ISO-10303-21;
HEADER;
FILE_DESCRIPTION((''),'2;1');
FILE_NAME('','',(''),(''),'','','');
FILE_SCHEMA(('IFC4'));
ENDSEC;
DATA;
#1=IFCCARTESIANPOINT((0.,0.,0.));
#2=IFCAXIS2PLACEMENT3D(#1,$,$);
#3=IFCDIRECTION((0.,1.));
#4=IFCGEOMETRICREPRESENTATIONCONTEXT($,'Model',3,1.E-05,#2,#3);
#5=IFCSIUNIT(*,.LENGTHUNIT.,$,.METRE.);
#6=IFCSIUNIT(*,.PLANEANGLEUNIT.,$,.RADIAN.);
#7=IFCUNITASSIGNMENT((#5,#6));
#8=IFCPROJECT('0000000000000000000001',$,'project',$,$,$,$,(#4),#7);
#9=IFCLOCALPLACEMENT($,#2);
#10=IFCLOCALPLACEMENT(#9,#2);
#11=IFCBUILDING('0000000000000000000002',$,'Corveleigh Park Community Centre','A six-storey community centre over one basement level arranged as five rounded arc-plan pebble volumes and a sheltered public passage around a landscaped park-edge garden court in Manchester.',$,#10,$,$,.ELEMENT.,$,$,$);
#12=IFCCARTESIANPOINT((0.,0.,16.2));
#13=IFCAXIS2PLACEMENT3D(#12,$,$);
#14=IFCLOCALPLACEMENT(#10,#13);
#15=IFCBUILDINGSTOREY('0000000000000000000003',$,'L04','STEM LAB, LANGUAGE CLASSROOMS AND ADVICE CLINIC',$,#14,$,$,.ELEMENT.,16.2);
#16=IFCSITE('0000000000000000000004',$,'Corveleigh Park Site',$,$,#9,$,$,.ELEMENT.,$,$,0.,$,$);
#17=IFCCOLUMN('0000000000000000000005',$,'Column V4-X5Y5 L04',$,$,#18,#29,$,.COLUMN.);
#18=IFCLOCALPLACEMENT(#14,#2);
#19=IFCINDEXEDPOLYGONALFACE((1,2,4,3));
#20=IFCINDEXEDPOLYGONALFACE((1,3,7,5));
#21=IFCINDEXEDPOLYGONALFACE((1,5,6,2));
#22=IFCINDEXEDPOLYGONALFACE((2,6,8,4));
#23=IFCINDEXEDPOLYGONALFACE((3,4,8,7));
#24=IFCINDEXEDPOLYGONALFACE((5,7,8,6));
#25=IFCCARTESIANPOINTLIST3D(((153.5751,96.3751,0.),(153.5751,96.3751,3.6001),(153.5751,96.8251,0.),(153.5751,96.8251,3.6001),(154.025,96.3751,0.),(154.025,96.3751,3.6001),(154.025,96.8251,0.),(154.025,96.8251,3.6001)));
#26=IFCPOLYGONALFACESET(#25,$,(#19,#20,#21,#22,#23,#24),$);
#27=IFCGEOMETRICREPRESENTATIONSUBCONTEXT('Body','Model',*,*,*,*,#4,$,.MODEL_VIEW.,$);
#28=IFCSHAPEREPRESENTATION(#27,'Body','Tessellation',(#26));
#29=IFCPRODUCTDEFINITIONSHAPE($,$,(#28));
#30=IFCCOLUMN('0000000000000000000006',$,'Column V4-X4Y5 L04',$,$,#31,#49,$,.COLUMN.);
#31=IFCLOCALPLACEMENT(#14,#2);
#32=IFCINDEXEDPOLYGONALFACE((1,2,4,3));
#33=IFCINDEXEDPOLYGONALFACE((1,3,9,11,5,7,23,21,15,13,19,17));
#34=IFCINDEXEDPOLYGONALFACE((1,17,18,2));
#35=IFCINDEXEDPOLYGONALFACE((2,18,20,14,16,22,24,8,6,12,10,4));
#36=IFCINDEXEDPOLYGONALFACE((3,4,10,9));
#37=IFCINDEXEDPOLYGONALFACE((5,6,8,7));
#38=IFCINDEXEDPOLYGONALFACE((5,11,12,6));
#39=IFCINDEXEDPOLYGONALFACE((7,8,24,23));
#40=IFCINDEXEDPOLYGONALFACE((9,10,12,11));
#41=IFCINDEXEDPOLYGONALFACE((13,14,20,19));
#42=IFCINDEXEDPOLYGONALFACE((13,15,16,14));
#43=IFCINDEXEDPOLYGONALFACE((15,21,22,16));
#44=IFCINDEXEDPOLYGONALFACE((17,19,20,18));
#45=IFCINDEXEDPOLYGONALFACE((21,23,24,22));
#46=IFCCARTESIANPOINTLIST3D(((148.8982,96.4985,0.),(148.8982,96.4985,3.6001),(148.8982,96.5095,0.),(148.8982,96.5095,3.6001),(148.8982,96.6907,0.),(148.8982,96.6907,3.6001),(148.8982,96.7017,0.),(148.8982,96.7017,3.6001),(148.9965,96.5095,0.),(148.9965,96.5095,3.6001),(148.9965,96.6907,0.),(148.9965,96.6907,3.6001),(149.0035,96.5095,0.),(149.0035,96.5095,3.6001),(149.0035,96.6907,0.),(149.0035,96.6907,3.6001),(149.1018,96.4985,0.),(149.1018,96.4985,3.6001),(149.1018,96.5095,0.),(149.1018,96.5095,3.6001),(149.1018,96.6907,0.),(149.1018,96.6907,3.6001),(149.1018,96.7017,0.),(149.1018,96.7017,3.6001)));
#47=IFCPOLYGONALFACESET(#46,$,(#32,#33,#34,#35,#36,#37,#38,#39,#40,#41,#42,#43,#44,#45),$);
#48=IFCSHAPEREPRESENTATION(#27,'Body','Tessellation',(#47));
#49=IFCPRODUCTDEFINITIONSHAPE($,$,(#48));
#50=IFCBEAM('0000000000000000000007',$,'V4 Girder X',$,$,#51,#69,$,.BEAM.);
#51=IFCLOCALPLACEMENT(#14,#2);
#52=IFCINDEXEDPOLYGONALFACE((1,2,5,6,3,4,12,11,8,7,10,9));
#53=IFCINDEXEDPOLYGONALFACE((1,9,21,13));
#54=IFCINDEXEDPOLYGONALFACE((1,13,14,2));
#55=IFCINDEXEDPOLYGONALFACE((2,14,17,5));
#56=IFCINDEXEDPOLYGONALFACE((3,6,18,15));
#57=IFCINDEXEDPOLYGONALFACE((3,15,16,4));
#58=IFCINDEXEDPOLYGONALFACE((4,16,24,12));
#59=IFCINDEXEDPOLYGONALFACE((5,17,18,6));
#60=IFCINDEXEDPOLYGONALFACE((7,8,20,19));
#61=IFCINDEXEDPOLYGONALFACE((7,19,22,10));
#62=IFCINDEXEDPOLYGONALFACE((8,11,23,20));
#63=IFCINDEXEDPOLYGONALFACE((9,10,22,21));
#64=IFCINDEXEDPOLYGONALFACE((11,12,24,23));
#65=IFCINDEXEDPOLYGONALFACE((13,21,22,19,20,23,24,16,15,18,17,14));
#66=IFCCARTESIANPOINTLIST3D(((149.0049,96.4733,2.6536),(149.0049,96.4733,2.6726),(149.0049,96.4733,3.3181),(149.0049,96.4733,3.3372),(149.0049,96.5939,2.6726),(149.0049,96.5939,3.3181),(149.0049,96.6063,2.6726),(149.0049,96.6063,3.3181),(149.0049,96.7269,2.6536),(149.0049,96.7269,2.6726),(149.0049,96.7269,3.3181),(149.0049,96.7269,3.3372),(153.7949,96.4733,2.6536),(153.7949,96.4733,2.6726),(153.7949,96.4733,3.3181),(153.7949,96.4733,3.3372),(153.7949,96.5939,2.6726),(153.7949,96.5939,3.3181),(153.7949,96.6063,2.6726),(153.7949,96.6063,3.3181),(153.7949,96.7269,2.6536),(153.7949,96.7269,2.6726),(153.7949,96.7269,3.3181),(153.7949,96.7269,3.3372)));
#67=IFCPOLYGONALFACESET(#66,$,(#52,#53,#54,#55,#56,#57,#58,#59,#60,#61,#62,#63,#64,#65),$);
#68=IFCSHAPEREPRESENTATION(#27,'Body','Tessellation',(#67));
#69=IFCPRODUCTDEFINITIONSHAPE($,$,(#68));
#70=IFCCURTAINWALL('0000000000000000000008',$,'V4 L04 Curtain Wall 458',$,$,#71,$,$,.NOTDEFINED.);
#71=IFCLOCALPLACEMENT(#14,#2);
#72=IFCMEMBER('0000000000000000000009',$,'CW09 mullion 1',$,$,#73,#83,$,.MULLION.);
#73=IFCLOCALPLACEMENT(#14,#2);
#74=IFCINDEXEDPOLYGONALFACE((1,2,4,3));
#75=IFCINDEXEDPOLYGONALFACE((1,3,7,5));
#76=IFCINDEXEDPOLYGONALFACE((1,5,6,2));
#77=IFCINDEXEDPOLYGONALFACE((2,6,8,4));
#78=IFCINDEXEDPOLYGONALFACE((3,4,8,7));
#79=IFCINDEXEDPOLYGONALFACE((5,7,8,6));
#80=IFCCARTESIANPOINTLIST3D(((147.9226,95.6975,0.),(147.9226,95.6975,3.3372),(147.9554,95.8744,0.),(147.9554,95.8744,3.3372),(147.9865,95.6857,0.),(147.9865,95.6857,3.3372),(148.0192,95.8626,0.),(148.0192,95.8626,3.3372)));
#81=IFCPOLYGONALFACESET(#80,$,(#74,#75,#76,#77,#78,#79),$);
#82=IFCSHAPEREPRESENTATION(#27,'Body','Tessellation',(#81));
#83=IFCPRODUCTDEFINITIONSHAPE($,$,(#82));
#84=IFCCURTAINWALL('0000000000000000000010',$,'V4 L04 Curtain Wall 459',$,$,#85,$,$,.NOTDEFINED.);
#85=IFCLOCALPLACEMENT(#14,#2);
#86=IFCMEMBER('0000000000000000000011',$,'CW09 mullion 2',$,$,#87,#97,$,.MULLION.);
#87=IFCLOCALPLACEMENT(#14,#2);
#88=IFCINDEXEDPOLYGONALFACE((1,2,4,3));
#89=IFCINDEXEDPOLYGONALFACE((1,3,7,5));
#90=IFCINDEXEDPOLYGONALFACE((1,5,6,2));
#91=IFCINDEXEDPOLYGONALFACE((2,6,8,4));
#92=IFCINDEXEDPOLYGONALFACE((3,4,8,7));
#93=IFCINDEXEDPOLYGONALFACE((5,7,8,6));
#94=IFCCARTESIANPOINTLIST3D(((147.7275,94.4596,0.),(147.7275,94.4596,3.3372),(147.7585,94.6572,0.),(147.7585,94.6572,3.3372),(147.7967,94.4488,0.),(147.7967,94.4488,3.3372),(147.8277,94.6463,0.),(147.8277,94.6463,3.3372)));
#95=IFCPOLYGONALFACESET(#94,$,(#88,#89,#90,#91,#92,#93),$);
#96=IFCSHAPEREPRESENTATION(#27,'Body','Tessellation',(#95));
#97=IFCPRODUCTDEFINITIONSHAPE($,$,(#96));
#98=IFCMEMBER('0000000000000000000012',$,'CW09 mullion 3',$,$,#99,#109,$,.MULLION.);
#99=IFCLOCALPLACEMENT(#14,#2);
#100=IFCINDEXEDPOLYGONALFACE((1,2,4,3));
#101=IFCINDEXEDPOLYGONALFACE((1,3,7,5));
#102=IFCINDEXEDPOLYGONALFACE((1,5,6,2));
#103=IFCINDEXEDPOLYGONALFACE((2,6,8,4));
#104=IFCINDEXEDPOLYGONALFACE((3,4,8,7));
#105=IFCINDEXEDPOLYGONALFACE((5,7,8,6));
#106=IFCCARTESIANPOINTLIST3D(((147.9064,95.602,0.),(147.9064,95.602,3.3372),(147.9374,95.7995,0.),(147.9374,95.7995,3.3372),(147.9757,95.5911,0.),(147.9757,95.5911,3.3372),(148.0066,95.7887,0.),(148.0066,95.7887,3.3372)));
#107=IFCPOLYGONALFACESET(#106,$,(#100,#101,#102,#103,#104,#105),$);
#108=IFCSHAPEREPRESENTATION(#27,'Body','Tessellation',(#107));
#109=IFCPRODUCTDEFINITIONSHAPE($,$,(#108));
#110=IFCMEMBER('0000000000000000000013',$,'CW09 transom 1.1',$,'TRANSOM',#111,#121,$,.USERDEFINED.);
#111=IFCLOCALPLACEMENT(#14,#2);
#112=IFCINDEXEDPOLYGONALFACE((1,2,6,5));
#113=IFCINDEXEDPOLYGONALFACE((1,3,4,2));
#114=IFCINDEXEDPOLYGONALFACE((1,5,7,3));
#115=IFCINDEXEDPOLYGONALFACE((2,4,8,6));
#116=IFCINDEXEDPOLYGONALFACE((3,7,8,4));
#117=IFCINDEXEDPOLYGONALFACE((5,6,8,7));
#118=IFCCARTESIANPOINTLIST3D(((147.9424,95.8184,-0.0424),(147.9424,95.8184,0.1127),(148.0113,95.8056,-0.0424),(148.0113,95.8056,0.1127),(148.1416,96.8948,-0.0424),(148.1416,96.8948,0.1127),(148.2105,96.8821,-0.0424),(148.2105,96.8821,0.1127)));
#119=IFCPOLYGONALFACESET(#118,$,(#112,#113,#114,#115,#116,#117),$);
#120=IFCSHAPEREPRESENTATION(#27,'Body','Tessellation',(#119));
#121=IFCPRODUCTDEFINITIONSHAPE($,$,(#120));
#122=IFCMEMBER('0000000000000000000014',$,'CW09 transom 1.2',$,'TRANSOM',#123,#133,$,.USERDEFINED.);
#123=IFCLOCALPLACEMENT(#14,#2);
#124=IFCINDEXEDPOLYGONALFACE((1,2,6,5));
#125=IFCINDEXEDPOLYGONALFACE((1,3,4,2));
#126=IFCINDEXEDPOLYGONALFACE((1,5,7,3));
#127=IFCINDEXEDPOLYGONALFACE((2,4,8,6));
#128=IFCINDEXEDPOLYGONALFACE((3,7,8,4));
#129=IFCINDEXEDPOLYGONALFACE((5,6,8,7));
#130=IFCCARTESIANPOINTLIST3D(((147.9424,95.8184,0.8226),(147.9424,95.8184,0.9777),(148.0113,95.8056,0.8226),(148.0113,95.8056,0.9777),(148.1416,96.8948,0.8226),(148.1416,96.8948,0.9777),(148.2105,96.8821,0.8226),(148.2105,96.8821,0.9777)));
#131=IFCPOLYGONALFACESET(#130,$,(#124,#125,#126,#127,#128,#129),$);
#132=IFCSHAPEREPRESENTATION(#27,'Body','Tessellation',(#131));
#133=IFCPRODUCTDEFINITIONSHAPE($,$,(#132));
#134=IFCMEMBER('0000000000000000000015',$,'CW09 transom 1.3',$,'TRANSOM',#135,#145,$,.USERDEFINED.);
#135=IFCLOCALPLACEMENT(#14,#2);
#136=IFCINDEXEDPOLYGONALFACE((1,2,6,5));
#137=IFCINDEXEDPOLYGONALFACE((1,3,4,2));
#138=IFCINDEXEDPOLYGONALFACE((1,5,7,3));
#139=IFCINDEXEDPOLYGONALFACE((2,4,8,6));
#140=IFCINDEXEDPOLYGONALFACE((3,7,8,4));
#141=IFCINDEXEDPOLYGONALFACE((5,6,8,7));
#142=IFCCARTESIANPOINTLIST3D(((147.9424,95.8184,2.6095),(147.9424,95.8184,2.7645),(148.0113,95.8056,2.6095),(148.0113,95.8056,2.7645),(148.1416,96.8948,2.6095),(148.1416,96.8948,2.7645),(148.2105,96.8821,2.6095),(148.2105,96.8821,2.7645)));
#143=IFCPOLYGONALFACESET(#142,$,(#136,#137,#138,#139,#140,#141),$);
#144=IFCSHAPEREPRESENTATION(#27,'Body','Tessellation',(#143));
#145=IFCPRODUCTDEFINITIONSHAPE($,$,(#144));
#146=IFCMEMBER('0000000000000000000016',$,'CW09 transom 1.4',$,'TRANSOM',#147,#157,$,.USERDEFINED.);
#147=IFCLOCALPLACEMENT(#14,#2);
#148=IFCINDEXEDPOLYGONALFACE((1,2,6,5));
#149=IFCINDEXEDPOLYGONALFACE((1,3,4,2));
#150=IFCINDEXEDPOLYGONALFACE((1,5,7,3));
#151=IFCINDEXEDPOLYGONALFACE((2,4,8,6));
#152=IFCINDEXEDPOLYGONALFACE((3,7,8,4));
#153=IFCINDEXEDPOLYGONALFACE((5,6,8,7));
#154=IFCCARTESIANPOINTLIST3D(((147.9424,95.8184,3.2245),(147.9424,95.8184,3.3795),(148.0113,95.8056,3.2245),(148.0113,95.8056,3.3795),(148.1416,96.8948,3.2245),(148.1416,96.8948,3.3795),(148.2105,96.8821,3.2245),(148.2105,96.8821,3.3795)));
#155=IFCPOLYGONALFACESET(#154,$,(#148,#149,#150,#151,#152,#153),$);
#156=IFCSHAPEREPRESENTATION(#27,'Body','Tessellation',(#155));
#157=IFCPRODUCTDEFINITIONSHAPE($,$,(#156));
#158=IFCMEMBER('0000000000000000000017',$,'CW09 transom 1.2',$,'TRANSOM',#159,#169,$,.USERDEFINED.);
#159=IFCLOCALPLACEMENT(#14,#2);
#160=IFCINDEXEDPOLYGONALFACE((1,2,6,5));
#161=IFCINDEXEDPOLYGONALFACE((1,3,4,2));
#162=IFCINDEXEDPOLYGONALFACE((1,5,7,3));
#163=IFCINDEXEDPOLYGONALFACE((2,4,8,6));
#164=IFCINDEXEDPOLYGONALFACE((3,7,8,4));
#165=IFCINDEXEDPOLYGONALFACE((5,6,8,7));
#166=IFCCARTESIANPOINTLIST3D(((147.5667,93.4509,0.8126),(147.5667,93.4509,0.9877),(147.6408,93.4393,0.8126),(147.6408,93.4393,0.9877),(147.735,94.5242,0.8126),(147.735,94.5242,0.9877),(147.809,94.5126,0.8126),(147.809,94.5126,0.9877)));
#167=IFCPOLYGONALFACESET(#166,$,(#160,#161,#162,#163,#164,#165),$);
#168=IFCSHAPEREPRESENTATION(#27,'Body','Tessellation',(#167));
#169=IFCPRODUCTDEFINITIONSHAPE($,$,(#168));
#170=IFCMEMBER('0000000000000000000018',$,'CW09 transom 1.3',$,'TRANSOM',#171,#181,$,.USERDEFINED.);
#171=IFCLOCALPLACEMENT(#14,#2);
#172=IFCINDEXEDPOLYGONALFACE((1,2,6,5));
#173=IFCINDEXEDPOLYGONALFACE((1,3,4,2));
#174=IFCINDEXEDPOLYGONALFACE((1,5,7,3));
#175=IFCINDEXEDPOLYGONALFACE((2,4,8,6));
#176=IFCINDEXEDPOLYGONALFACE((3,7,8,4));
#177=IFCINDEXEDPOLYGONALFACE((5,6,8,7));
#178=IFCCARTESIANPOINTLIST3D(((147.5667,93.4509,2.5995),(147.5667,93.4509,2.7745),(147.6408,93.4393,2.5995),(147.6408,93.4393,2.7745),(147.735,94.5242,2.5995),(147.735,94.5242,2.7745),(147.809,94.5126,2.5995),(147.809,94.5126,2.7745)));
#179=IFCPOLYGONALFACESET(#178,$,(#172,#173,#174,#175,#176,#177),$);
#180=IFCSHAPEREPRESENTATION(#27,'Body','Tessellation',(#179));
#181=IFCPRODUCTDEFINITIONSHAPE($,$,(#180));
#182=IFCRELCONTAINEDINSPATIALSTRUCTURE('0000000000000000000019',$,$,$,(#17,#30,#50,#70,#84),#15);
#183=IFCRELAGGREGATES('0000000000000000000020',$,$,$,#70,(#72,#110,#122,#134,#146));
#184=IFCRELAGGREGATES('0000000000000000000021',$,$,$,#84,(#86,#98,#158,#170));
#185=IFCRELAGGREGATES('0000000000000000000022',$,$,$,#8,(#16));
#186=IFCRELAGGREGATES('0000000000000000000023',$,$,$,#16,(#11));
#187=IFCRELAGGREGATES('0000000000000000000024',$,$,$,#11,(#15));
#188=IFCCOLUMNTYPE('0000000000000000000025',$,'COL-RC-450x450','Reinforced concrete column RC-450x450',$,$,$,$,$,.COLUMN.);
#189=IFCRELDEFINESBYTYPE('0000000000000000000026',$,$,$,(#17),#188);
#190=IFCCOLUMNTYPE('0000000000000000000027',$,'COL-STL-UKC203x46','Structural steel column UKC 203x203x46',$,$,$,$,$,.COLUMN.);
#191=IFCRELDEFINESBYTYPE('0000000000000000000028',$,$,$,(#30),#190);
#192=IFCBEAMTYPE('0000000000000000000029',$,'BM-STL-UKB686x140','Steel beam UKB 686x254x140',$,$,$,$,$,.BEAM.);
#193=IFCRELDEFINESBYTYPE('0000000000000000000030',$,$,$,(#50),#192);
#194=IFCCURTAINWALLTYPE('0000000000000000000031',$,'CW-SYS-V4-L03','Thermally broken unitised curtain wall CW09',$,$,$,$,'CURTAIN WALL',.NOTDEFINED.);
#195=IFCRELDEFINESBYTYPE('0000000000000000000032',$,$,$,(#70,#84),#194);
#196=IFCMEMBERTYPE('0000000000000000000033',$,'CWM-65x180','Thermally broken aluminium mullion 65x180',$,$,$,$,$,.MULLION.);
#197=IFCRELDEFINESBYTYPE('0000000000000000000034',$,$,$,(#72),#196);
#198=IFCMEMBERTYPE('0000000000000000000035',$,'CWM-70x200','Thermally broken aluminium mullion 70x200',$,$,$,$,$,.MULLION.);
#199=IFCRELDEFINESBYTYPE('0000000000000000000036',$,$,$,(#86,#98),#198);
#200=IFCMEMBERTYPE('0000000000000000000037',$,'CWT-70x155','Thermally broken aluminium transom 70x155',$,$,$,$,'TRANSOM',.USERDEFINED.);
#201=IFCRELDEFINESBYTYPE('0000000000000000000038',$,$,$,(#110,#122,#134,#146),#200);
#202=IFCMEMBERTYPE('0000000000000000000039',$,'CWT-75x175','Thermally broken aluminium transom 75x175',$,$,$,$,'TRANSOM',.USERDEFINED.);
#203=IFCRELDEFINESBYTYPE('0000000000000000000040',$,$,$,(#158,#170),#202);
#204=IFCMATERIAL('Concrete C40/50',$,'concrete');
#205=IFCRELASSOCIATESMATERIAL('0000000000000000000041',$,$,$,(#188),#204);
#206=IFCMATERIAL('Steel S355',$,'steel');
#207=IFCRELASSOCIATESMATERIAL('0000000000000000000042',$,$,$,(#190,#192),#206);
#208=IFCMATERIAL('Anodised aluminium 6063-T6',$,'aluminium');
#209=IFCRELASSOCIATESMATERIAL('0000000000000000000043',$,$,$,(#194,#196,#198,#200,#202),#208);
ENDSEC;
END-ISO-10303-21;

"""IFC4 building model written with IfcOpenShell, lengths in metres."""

from ifc_helpers import new_model, si_unit, direction, frame, origin, origin_2d, place, context, subcontext, project, spatial, rectangle, i_section, extrude, material, material_profile, profile_set, type_object, element, aggregate, save


model = new_model("IFC4")

# Units and contexts
model_context = context("Model", 3, precision=1e-05, world=origin(), true_north=direction((0.0, 1.0)))
body_context = subcontext(model_context, "Body", "Model", "MODEL_VIEW")
ifc_project = project(units=[si_unit("LENGTHUNIT", "METRE"), si_unit("PLANEANGLEUNIT", "RADIAN")], contexts=[model_context])

# Site, building, storey
site_placement = place(None, origin())
site = spatial("IfcSite", under=ifc_project, at=site_placement, Name="Corveleigh Park Site", CompositionType="ELEMENT", RefElevation=0.0)
building_placement = place(site_placement, origin())
building = spatial("IfcBuilding", under=site, at=building_placement, Name="Corveleigh Park Community Centre", Description="A six-storey community centre over one basement level arranged as five rounded arc-plan pebble volumes and a sheltered public passage around a landscaped park-edge garden court in Manchester.", CompositionType="ELEMENT")
storey_placement = place(building_placement, frame((0.0, 0.0, 16.2)))
storey = spatial("IfcBuildingStorey", under=building, at=storey_placement, Name="L04", Description="STEM LAB, LANGUAGE CLASSROOMS AND ADVICE CLINIC", CompositionType="ELEMENT", Elevation=16.2)

# Columns
ifc_material_1 = material(Name="Concrete C40/50", Category="concrete")
ifc_material_profile_1 = material_profile(ifc_material_1, rectangle(XDim=0.45, YDim=0.45, at=origin_2d()), Name="RC-450x450", Category="concrete")
ifc_profile_set_1 = profile_set([ifc_material_profile_1], Name="Concrete C40/50")
column_type_1 = type_object("IfcColumnType", Name="COL-RC-450x450", Description="Reinforced concrete column RC-450x450", PredefinedType="COLUMN", material=ifc_profile_set_1)
column_1_placement = place(storey_placement, frame((153.8, 96.6001, 0.0), z_axis=(0.0, 0.0, 1.0), x_axis=(1.0, 0.0, 0.0)))
element("IfcColumn", 1, at=column_1_placement, inside=storey, type_object=column_type_1, Name="Column V4-X5Y5 L04", PredefinedType="COLUMN", context=body_context, shape_type="SweptSolid", body=[
    extrude(rectangle(XDim=0.45, YDim=0.45, at=origin_2d()), origin(), (0.0, 0.0, 1.0), 3.6001),
])
ifc_material_2 = material(Name="Steel S355", Category="steel")
ifc_material_profile_2 = material_profile(ifc_material_2, i_section(OverallWidth=0.2036, OverallDepth=0.2031, WebThickness=0.0071, FlangeThickness=0.011, at=origin_2d()), Name="UKC 203x203x46", Category="steel")
ifc_profile_set_2 = profile_set([ifc_material_profile_2], Name="Steel S355")
column_type_2 = type_object("IfcColumnType", Name="COL-STL-UKC203x46", Description="Structural steel column UKC 203x203x46", PredefinedType="COLUMN", material=ifc_profile_set_2)
column_2_placement = place(storey_placement, frame((149.0, 96.6001, 0.0), z_axis=(0.0, 0.0, 1.0), x_axis=(1.0, 0.0, 0.0)))
element("IfcColumn", 2, at=column_2_placement, inside=storey, type_object=column_type_2, Name="Column V4-X4Y5 L04", PredefinedType="COLUMN", context=body_context, shape_type="SweptSolid", body=[
    extrude(i_section(OverallWidth=0.2036, OverallDepth=0.2031, WebThickness=0.0071, FlangeThickness=0.011, at=origin_2d()), origin(), (0.0, 0.0, 1.0), 3.6001),
])

# Beam
ifc_material_profile_3 = material_profile(ifc_material_2, i_section(OverallWidth=0.2537, OverallDepth=0.6836, WebThickness=0.0125, FlangeThickness=0.019, at=origin_2d()), Name="UKB 686x254x140", Category="steel")
ifc_profile_set_3 = profile_set([ifc_material_profile_3], Name="Steel S355")
beam_type = type_object("IfcBeamType", Name="BM-STL-UKB686x140", Description="Steel beam UKB 686x254x140", PredefinedType="BEAM", material=ifc_profile_set_3)
beam_placement = place(storey_placement, frame((149.0049, 96.6001, 2.9954), z_axis=(1.0, 0.0, 0.0), x_axis=(0.0, 1.0, 0.0)))
element("IfcBeam", 3, at=beam_placement, inside=storey, type_object=beam_type, Name="V4 Girder X", PredefinedType="BEAM", context=body_context, shape_type="SweptSolid", body=[
    extrude(i_section(OverallWidth=0.2537, OverallDepth=0.6836, WebThickness=0.0125, FlangeThickness=0.019, at=origin_2d()), origin(), (0.0, 0.0, 1.0), 4.79),
])

# Curtain wall, member
ifc_material_3 = material(Name="Anodised aluminium 6063-T6", Category="aluminium")
curtain_wall_type = type_object("IfcCurtainWallType", Name="CW-SYS-V4-L03", Description="Thermally broken unitised curtain wall CW09", ElementType="CURTAIN WALL", PredefinedType="NOTDEFINED", material=ifc_material_3)
curtain_wall_1_placement = place(storey_placement, origin())
curtain_wall_1 = element("IfcCurtainWall", 4, at=curtain_wall_1_placement, inside=storey, type_object=curtain_wall_type, Name="V4 L04 Curtain Wall 458", PredefinedType="NOTDEFINED")
ifc_material_profile_4 = material_profile(ifc_material_3, rectangle(XDim=0.0649, YDim=0.1799, at=origin_2d()), Name="ALU-M65x180", Category="aluminium")
ifc_profile_set_4 = profile_set([ifc_material_profile_4], Name="Anodised aluminium 6063-T6")
member_type_1 = type_object("IfcMemberType", Name="CWM-65x180", Description="Thermally broken aluminium mullion 65x180", PredefinedType="MULLION", material=ifc_profile_set_4)
member_1_placement = place(storey_placement, frame((147.9709, 95.78, 0.0), z_axis=(0.0, 0.0, 1.0), x_axis=(-0.983301, 0.181984, 0.0)))
member_1 = element("IfcMember", 5, at=member_1_placement, type_object=member_type_1, Name="CW09 mullion 1", PredefinedType="MULLION", context=body_context, shape_type="SweptSolid", body=[
    extrude(rectangle(XDim=0.0649, YDim=0.1799, at=origin_2d()), origin(), (0.0, 0.0, 1.0), 3.3372),
])

# Curtain wall, members
curtain_wall_2_placement = place(storey_placement, origin())
curtain_wall_2 = element("IfcCurtainWall", 6, at=curtain_wall_2_placement, inside=storey, type_object=curtain_wall_type, Name="V4 L04 Curtain Wall 459", PredefinedType="NOTDEFINED")
ifc_material_profile_5 = material_profile(ifc_material_3, rectangle(XDim=0.0701, YDim=0.2, at=origin_2d()), Name="ALU-M70x200", Category="aluminium")
ifc_profile_set_5 = profile_set([ifc_material_profile_5], Name="Anodised aluminium 6063-T6")
member_type_2 = type_object("IfcMemberType", Name="CWM-70x200", Description="Thermally broken aluminium mullion 70x200", PredefinedType="MULLION", material=ifc_profile_set_5)
member_2_placement = place(storey_placement, frame((147.7776, 94.553, 0.0), z_axis=(0.0, 0.0, 1.0), x_axis=(-0.987936, 0.154863, 0.0)))
member_2 = element("IfcMember", 7, at=member_2_placement, type_object=member_type_2, Name="CW09 mullion 2", PredefinedType="MULLION", context=body_context, shape_type="SweptSolid", body=[
    extrude(rectangle(XDim=0.0701, YDim=0.2, at=origin_2d()), origin(), (0.0, 0.0, 1.0), 3.3372),
])
member_3_placement = place(storey_placement, frame((147.9565, 95.6953, 0.0), z_axis=(0.0, 0.0, 1.0), x_axis=(-0.987936, 0.154863, 0.0)))
member_3 = element("IfcMember", 8, at=member_3_placement, type_object=member_type_2, Name="CW09 mullion 3", PredefinedType="MULLION", context=body_context, shape_type="SweptSolid", body=[
    extrude(rectangle(XDim=0.0701, YDim=0.2, at=origin_2d()), origin(), (0.0, 0.0, 1.0), 3.3372),
])

# Members
ifc_material_profile_6 = material_profile(ifc_material_3, rectangle(XDim=0.0701, YDim=0.155, at=origin_2d()), Name="ALU-T70x155", Category="aluminium")
ifc_profile_set_6 = profile_set([ifc_material_profile_6], Name="Anodised aluminium 6063-T6")
member_type_3 = type_object("IfcMemberType", Name="CWT-70x155", Description="Thermally broken aluminium transom 70x155", ElementType="TRANSOM", PredefinedType="USERDEFINED", material=ifc_profile_set_6)
member_4_placement = place(storey_placement, frame((147.9768, 95.812, 0.0352), z_axis=(0.181985, 0.983301, 0.0), x_axis=(-0.983301, 0.181985, 0.0)))
member_4 = element("IfcMember", 9, at=member_4_placement, type_object=member_type_3, Name="CW09 transom 1.1", ObjectType="TRANSOM", PredefinedType="USERDEFINED", context=body_context, shape_type="SweptSolid", body=[
    extrude(rectangle(XDim=0.0701, YDim=0.155, at=origin_2d()), origin(), (0.0, 0.0, 1.0), 1.0947),
])
member_5_placement = place(storey_placement, frame((147.9768, 95.812, 0.9001), z_axis=(0.181985, 0.983301, 0.0), x_axis=(-0.983301, 0.181985, 0.0)))
member_5 = element("IfcMember", 10, at=member_5_placement, type_object=member_type_3, Name="CW09 transom 1.2", ObjectType="TRANSOM", PredefinedType="USERDEFINED", context=body_context, shape_type="SweptSolid", body=[
    extrude(rectangle(XDim=0.0701, YDim=0.155, at=origin_2d()), origin(), (0.0, 0.0, 1.0), 1.0947),
])
member_6_placement = place(storey_placement, frame((147.9768, 95.812, 2.687), z_axis=(0.181985, 0.983301, 0.0), x_axis=(-0.983301, 0.181985, 0.0)))
member_6 = element("IfcMember", 11, at=member_6_placement, type_object=member_type_3, Name="CW09 transom 1.3", ObjectType="TRANSOM", PredefinedType="USERDEFINED", context=body_context, shape_type="SweptSolid", body=[
    extrude(rectangle(XDim=0.0701, YDim=0.155, at=origin_2d()), origin(), (0.0, 0.0, 1.0), 1.0947),
])
member_7_placement = place(storey_placement, frame((147.9768, 95.812, 3.302), z_axis=(0.181985, 0.983301, 0.0), x_axis=(-0.983301, 0.181985, 0.0)))
member_7 = element("IfcMember", 12, at=member_7_placement, type_object=member_type_3, Name="CW09 transom 1.4", ObjectType="TRANSOM", PredefinedType="USERDEFINED", context=body_context, shape_type="SweptSolid", body=[
    extrude(rectangle(XDim=0.0701, YDim=0.155, at=origin_2d()), origin(), (0.0, 0.0, 1.0), 1.0947),
])
ifc_material_profile_7 = material_profile(ifc_material_3, rectangle(XDim=0.075, YDim=0.175, at=origin_2d()), Name="ALU-T75x175", Category="aluminium")
ifc_profile_set_7 = profile_set([ifc_material_profile_7], Name="Anodised aluminium 6063-T6")
member_type_4 = type_object("IfcMemberType", Name="CWT-75x175", Description="Thermally broken aluminium transom 75x175", ElementType="TRANSOM", PredefinedType="USERDEFINED", material=ifc_profile_set_7)
member_8_placement = place(storey_placement, frame((147.6038, 93.4451, 0.9001), z_axis=(0.154843, 0.987939, 0.0), x_axis=(-0.987939, 0.154843, 0.0)))
member_8 = element("IfcMember", 13, at=member_8_placement, type_object=member_type_4, Name="CW09 transom 1.2", ObjectType="TRANSOM", PredefinedType="USERDEFINED", context=body_context, shape_type="SweptSolid", body=[
    extrude(rectangle(XDim=0.075, YDim=0.175, at=origin_2d()), origin(), (0.0, 0.0, 1.0), 1.0864),
])
member_9_placement = place(storey_placement, frame((147.6038, 93.4451, 2.687), z_axis=(0.154843, 0.987939, 0.0), x_axis=(-0.987939, 0.154843, 0.0)))
member_9 = element("IfcMember", 14, at=member_9_placement, type_object=member_type_4, Name="CW09 transom 1.3", ObjectType="TRANSOM", PredefinedType="USERDEFINED", context=body_context, shape_type="SweptSolid", body=[
    extrude(rectangle(XDim=0.075, YDim=0.175, at=origin_2d()), origin(), (0.0, 0.0, 1.0), 1.0864),
])

aggregate(curtain_wall_1, [member_1, member_4, member_5, member_6, member_7])
aggregate(curtain_wall_2, [member_2, member_3, member_8, member_9])

save(model, "model.ifc")
